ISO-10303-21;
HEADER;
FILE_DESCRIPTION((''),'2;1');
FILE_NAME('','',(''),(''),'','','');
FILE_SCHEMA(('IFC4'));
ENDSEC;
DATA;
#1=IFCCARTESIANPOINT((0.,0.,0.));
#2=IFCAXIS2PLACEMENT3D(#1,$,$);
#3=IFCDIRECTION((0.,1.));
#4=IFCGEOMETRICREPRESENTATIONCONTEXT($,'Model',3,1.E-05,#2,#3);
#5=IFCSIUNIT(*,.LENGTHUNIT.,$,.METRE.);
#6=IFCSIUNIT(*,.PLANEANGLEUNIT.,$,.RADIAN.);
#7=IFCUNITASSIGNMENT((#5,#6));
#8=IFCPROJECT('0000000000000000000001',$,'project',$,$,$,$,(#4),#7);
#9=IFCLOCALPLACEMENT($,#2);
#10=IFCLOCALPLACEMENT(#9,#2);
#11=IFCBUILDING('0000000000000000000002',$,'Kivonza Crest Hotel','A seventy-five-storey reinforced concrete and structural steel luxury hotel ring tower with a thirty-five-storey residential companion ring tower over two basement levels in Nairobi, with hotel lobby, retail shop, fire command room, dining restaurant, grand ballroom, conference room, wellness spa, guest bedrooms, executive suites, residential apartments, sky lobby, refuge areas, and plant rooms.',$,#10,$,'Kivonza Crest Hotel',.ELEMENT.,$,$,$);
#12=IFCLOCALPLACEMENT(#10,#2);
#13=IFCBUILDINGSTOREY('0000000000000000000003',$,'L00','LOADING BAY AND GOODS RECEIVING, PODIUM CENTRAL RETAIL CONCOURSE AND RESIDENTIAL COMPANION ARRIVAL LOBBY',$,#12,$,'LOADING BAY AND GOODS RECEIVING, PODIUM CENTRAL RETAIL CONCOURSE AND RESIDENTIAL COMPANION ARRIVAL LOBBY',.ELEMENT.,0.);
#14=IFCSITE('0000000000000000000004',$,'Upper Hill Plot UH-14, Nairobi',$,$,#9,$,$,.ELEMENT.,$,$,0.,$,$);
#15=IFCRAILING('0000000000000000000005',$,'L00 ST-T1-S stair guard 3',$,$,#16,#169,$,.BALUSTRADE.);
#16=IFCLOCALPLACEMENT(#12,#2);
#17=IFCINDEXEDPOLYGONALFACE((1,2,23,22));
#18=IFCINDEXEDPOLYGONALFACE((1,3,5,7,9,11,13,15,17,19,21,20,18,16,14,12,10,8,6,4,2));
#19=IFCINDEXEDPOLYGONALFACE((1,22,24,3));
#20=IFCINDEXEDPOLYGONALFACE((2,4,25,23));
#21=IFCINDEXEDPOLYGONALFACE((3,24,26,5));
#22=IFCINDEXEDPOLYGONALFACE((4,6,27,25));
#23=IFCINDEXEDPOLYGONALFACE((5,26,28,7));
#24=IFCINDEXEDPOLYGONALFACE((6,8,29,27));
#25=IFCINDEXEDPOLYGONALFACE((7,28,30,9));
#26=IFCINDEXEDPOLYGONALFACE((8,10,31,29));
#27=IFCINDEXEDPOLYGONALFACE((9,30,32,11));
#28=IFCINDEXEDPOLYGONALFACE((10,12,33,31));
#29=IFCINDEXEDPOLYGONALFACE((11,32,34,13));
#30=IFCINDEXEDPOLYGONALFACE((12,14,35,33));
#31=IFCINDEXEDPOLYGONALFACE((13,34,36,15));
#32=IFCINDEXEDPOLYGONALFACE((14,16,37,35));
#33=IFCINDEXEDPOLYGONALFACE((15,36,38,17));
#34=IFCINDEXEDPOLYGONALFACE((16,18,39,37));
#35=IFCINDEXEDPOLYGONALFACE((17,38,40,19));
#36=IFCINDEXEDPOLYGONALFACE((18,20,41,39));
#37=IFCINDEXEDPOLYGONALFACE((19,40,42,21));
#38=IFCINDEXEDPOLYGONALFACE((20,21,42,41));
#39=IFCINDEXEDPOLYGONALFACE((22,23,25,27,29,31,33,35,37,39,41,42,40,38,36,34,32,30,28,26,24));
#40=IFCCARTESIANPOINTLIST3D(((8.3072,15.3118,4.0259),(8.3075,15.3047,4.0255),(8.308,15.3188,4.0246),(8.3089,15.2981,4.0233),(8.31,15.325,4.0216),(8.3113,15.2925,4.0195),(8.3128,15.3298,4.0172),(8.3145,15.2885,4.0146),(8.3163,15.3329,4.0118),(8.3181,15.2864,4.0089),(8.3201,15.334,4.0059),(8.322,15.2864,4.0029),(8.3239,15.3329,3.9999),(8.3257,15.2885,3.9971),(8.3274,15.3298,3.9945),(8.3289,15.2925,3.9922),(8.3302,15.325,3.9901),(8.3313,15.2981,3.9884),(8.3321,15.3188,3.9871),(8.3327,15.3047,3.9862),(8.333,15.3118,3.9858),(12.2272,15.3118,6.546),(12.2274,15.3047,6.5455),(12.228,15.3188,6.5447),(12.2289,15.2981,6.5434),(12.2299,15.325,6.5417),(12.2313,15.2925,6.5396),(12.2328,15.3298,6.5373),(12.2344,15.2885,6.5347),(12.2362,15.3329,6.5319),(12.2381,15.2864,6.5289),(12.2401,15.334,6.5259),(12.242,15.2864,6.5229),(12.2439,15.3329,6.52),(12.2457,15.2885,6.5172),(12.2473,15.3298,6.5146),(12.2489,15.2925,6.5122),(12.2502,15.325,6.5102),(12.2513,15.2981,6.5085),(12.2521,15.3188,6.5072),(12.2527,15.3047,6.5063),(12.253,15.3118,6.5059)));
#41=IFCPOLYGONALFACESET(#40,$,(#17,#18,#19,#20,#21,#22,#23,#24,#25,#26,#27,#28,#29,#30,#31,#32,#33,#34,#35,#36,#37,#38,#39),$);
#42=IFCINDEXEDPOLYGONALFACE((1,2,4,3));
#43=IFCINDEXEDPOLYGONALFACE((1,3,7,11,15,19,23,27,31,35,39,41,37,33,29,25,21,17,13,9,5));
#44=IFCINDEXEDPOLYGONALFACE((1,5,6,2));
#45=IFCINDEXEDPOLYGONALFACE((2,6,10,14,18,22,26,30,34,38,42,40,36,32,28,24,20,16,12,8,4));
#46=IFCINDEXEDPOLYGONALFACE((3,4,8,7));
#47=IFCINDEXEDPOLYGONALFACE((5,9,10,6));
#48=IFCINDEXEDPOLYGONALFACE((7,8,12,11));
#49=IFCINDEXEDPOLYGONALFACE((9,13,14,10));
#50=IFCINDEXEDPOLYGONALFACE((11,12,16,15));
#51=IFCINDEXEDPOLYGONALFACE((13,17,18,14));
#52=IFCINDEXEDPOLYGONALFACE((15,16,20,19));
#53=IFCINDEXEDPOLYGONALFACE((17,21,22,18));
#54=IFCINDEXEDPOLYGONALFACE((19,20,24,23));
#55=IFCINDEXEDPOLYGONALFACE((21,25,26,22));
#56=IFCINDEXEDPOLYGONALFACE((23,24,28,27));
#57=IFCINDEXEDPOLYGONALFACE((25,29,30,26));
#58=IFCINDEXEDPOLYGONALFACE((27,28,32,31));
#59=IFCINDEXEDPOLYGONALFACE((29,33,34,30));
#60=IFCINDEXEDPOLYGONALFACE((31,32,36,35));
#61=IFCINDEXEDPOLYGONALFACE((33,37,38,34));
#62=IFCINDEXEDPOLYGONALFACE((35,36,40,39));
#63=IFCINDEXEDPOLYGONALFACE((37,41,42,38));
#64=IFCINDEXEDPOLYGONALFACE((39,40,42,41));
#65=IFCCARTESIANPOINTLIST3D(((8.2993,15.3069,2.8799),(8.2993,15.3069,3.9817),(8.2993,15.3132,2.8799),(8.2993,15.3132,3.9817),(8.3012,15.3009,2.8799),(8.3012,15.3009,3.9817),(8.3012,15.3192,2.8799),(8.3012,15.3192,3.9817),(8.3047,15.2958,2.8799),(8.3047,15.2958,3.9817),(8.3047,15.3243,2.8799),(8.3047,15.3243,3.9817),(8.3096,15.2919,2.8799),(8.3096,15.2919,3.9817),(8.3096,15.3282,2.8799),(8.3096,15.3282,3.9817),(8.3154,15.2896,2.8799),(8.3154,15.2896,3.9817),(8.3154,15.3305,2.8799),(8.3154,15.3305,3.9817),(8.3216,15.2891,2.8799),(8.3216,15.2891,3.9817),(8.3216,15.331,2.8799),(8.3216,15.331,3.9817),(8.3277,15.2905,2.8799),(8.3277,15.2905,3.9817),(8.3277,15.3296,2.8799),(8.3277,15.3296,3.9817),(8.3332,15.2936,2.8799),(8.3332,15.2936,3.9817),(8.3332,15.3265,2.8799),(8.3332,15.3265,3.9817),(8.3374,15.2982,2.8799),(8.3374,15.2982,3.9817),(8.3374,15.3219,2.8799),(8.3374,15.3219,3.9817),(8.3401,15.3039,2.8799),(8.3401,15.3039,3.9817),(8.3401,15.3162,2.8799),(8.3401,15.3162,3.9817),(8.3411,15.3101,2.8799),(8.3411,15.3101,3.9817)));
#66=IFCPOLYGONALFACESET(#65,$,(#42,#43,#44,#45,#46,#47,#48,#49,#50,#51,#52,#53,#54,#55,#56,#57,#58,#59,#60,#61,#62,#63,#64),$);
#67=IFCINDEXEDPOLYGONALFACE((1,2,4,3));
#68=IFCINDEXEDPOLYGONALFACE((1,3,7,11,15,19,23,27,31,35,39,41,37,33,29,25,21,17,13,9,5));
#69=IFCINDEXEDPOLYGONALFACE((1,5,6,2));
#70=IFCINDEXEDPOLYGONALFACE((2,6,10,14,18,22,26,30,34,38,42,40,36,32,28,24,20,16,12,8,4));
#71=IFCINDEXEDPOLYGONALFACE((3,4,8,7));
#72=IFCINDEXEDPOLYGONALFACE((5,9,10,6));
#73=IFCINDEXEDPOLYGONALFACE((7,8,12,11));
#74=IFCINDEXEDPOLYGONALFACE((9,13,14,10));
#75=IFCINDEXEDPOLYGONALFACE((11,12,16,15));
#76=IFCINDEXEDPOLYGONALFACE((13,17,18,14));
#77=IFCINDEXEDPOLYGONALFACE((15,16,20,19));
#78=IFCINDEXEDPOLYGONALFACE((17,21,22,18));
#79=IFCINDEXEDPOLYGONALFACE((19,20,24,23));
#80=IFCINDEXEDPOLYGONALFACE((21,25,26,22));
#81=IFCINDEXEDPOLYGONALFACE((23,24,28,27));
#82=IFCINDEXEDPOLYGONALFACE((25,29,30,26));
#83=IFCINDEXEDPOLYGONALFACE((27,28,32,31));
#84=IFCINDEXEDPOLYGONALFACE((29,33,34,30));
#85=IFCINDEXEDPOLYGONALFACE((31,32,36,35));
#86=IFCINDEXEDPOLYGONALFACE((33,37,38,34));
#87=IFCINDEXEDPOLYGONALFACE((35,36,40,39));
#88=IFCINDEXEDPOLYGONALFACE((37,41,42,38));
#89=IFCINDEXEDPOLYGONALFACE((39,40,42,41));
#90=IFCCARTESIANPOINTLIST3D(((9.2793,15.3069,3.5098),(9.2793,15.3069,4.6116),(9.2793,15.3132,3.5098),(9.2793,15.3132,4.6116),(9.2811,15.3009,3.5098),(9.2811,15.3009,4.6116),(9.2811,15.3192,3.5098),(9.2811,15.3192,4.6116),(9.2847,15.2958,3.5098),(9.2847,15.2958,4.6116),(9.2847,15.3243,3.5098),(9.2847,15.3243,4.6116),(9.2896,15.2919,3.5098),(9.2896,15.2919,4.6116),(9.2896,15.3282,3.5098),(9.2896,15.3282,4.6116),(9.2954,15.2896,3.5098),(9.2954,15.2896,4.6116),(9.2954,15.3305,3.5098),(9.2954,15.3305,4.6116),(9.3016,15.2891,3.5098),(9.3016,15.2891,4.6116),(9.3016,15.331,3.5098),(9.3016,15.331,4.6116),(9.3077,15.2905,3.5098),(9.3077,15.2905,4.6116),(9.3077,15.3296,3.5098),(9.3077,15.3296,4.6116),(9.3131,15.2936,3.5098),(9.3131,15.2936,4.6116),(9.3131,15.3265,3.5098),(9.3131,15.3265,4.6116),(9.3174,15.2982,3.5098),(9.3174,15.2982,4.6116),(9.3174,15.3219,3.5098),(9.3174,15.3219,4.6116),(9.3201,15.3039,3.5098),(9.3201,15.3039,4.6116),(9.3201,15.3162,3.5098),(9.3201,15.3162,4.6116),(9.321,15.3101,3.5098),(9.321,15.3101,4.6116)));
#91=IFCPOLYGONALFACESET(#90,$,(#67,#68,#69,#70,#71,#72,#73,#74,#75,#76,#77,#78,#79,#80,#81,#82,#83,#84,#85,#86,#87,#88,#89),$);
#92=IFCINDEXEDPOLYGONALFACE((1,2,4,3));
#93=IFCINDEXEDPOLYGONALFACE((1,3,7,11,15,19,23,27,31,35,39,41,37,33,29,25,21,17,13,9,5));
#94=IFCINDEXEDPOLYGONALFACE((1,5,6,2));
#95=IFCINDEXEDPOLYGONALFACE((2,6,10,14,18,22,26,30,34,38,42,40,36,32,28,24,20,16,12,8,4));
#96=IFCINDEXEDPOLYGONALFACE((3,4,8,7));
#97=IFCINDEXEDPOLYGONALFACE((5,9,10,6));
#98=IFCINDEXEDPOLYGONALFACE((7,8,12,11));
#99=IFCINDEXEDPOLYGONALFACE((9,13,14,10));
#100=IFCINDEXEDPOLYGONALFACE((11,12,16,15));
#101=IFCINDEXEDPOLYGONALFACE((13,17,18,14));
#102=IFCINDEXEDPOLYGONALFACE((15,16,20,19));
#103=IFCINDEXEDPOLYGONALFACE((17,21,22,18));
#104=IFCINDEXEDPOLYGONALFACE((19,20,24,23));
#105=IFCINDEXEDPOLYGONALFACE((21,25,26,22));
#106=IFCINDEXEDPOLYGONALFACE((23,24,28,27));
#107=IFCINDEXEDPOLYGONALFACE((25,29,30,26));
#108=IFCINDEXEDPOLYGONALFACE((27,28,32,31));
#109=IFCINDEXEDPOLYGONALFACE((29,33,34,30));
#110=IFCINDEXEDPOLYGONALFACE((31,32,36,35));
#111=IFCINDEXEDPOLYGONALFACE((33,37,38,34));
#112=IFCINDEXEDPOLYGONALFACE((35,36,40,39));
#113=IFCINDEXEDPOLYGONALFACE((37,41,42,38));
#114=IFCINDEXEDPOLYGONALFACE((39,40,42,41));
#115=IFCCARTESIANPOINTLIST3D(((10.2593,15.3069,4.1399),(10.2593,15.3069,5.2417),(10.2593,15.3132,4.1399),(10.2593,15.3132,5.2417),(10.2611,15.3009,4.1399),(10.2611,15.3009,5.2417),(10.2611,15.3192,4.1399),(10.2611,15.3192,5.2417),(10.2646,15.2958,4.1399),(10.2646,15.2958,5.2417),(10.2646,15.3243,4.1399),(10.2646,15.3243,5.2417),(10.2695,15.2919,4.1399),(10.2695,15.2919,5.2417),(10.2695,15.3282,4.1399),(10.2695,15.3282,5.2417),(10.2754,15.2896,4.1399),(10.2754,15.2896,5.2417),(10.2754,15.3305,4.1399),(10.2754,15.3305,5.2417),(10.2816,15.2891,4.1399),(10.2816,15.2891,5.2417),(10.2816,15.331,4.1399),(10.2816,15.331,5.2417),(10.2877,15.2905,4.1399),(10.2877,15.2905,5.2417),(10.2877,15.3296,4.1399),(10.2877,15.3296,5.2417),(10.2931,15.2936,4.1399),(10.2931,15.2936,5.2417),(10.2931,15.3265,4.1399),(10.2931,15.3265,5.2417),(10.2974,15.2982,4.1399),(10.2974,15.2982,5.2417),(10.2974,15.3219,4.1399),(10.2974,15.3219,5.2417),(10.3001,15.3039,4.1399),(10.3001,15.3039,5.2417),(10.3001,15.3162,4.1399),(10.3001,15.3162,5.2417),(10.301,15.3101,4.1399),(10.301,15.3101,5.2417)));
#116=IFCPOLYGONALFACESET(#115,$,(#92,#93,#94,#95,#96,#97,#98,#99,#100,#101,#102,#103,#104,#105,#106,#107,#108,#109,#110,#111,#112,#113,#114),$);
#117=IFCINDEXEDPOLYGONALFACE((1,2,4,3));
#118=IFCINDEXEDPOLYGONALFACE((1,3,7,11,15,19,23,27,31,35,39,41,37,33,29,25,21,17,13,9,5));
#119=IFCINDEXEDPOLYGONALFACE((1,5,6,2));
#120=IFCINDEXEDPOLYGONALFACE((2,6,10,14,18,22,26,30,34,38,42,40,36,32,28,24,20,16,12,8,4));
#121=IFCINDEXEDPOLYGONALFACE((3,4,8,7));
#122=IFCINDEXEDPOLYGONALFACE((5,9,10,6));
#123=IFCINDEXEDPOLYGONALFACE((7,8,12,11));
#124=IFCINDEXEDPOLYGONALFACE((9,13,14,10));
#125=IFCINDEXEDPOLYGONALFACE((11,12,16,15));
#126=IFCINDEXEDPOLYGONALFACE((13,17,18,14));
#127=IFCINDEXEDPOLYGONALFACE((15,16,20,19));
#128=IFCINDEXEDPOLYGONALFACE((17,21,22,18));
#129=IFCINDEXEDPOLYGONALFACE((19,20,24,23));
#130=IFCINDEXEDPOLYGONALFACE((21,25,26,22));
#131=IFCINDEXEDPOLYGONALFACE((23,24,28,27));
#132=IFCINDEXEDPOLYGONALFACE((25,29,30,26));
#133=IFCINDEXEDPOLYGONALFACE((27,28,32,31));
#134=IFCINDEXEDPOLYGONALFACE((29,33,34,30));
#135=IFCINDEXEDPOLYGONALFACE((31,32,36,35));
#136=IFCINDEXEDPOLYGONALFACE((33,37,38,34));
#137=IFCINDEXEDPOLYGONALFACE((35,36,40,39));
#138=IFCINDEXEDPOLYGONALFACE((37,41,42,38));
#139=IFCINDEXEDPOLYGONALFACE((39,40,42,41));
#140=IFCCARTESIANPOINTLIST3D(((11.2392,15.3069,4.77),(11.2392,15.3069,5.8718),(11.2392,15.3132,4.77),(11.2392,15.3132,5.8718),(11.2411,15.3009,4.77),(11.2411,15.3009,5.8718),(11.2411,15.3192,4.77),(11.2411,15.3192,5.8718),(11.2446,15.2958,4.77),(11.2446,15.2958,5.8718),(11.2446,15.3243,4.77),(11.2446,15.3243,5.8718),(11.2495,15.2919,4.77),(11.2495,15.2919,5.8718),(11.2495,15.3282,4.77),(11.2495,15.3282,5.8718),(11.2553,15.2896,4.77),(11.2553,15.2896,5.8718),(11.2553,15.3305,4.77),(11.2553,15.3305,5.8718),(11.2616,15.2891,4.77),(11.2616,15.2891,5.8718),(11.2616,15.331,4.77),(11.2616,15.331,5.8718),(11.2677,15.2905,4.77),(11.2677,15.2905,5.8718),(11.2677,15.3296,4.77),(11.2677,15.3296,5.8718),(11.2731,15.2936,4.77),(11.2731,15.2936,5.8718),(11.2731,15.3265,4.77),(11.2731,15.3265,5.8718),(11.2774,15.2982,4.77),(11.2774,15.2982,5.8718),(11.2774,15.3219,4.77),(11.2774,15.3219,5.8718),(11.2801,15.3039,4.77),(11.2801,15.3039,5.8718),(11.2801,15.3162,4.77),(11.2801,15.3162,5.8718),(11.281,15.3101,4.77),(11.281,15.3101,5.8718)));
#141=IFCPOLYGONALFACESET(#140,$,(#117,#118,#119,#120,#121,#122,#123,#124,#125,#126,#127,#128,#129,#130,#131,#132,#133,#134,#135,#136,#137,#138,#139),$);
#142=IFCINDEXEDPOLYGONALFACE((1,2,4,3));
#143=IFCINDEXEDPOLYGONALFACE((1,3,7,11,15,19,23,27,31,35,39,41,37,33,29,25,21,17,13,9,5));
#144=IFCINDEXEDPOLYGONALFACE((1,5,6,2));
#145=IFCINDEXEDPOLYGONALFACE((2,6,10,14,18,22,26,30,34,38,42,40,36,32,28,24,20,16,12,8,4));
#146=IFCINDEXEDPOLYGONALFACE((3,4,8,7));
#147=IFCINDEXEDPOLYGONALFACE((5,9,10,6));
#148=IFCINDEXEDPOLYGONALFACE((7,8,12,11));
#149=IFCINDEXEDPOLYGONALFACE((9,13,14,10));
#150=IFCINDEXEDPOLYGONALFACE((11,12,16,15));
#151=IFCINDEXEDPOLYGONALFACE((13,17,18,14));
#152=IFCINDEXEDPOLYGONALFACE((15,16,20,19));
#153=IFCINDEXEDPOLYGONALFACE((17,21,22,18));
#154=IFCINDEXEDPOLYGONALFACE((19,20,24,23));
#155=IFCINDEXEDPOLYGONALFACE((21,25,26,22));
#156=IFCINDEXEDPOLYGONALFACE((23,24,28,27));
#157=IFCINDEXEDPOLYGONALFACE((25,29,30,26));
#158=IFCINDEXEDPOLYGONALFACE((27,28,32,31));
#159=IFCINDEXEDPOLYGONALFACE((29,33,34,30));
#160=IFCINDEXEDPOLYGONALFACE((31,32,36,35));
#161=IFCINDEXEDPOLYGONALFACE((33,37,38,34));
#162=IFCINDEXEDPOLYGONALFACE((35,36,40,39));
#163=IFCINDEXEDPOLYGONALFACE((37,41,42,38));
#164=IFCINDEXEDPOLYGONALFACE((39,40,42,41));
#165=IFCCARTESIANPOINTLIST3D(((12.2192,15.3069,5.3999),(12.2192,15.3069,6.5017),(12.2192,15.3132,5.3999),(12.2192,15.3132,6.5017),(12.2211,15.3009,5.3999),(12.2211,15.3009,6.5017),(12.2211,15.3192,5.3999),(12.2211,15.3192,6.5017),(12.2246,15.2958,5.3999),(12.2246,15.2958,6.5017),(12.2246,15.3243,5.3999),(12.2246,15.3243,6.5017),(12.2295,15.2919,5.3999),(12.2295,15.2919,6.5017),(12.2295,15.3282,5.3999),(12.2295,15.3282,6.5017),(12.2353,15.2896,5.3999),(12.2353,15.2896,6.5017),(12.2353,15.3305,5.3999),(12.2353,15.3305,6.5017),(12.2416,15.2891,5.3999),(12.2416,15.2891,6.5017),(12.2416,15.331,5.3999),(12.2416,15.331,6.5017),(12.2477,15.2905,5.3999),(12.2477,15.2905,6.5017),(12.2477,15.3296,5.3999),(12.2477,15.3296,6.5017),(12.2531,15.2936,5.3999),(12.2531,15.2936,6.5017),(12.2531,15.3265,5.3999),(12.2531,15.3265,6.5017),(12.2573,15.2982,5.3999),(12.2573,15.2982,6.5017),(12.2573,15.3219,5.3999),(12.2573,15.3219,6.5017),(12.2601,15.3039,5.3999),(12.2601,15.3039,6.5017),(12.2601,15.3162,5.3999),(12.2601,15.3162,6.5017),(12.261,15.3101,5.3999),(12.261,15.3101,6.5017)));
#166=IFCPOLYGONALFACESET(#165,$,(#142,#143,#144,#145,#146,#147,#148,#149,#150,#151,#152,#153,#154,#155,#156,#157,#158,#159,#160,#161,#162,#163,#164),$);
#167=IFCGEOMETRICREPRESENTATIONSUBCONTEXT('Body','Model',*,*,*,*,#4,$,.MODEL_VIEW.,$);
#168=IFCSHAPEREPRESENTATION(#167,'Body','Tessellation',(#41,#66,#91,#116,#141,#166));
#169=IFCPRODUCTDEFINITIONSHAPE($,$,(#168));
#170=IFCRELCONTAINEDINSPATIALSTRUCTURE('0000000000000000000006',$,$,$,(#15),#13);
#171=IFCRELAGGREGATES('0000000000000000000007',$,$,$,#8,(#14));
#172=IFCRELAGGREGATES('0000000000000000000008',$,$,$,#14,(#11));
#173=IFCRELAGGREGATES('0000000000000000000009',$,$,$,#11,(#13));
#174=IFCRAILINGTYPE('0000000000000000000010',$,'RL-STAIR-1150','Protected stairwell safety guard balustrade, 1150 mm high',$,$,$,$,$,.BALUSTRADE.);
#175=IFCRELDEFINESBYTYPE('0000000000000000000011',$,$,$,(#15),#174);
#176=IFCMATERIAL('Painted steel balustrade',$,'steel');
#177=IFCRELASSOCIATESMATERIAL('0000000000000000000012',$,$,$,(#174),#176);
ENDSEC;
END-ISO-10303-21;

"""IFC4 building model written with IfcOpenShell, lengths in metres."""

from ifc_helpers import new_model, si_unit, direction, frame, origin, origin_2d, place, context, subcontext, project, spatial, circle, extrude, material, type_object, element, save


model = new_model("IFC4")

# Units and contexts
model_context = context("Model", 3, precision=1e-05, world=origin(), true_north=direction((0.0, 1.0)))
body_context = subcontext(model_context, "Body", "Model", "MODEL_VIEW")
ifc_project = project(units=[si_unit("LENGTHUNIT", "METRE"), si_unit("PLANEANGLEUNIT", "RADIAN")], contexts=[model_context])

# Site, building, storey
site_placement = place(None, origin())
site = spatial("IfcSite", under=ifc_project, at=site_placement, Name="Upper Hill Plot UH-14, Nairobi", CompositionType="ELEMENT", RefElevation=0.0)
building_placement = place(site_placement, origin())
building = spatial("IfcBuilding", under=site, at=building_placement, Name="Kivonza Crest Hotel", Description="A seventy-five-storey reinforced concrete and structural steel luxury hotel ring tower with a thirty-five-storey residential companion ring tower over two basement levels in Nairobi, with hotel lobby, retail shop, fire command room, dining restaurant, grand ballroom, conference room, wellness spa, guest bedrooms, executive suites, residential apartments, sky lobby, refuge areas, and plant rooms.", LongName="Kivonza Crest Hotel", CompositionType="ELEMENT")
storey_placement = place(building_placement, origin())
storey = spatial("IfcBuildingStorey", under=building, at=storey_placement, Name="L00", Description="LOADING BAY AND GOODS RECEIVING, PODIUM CENTRAL RETAIL CONCOURSE AND RESIDENTIAL COMPANION ARRIVAL LOBBY", LongName="LOADING BAY AND GOODS RECEIVING, PODIUM CENTRAL RETAIL CONCOURSE AND RESIDENTIAL COMPANION ARRIVAL LOBBY", CompositionType="ELEMENT", Elevation=0.0)

# Railing
ifc_material_1 = material(Name="Painted steel balustrade", Category="steel")
railing_type_1 = type_object("IfcRailingType", Name="RL-STAIR-1150", Description="Protected stairwell safety guard balustrade, 1150 mm high", PredefinedType="BALUSTRADE", material=ifc_material_1)
railing_1_placement = place(storey_placement, frame((8.3201, 15.3101, 2.8799)))
element("IfcRailing", 1, at=railing_1_placement, inside=storey, type_object=railing_type_1, Name="L00 ST-T1-S stair guard 3", PredefinedType="BALUSTRADE", context=body_context, shape_type="SweptSolid", body=[
    extrude(circle(Radius=0.0239, at=origin_2d()), frame((0.0, 0.0, 1.126), z_axis=(0.841172, 0.0, 0.540768), x_axis=(0.0, 1.0, 0.0)), (0.0, 0.0, 1.0), 4.6602),
    extrude(circle(Radius=0.021, at=origin_2d()), origin(), (0.0, 0.0, 1.0), 1.1018),
    extrude(circle(Radius=0.021, at=origin_2d()), frame((0.98, 0.0, 0.6299)), (0.0, 0.0, 1.0), 1.1018),
    extrude(circle(Radius=0.021, at=origin_2d()), frame((1.96, 0.0, 1.26)), (0.0, 0.0, 1.0), 1.1018),
    extrude(circle(Radius=0.021, at=origin_2d()), frame((2.9399, 0.0, 1.8901)), (0.0, 0.0, 1.0), 1.1018),
    extrude(circle(Radius=0.021, at=origin_2d()), frame((3.9199, 0.0, 2.52)), (0.0, 0.0, 1.0), 1.1018),
])

save(model, "model.ifc")
